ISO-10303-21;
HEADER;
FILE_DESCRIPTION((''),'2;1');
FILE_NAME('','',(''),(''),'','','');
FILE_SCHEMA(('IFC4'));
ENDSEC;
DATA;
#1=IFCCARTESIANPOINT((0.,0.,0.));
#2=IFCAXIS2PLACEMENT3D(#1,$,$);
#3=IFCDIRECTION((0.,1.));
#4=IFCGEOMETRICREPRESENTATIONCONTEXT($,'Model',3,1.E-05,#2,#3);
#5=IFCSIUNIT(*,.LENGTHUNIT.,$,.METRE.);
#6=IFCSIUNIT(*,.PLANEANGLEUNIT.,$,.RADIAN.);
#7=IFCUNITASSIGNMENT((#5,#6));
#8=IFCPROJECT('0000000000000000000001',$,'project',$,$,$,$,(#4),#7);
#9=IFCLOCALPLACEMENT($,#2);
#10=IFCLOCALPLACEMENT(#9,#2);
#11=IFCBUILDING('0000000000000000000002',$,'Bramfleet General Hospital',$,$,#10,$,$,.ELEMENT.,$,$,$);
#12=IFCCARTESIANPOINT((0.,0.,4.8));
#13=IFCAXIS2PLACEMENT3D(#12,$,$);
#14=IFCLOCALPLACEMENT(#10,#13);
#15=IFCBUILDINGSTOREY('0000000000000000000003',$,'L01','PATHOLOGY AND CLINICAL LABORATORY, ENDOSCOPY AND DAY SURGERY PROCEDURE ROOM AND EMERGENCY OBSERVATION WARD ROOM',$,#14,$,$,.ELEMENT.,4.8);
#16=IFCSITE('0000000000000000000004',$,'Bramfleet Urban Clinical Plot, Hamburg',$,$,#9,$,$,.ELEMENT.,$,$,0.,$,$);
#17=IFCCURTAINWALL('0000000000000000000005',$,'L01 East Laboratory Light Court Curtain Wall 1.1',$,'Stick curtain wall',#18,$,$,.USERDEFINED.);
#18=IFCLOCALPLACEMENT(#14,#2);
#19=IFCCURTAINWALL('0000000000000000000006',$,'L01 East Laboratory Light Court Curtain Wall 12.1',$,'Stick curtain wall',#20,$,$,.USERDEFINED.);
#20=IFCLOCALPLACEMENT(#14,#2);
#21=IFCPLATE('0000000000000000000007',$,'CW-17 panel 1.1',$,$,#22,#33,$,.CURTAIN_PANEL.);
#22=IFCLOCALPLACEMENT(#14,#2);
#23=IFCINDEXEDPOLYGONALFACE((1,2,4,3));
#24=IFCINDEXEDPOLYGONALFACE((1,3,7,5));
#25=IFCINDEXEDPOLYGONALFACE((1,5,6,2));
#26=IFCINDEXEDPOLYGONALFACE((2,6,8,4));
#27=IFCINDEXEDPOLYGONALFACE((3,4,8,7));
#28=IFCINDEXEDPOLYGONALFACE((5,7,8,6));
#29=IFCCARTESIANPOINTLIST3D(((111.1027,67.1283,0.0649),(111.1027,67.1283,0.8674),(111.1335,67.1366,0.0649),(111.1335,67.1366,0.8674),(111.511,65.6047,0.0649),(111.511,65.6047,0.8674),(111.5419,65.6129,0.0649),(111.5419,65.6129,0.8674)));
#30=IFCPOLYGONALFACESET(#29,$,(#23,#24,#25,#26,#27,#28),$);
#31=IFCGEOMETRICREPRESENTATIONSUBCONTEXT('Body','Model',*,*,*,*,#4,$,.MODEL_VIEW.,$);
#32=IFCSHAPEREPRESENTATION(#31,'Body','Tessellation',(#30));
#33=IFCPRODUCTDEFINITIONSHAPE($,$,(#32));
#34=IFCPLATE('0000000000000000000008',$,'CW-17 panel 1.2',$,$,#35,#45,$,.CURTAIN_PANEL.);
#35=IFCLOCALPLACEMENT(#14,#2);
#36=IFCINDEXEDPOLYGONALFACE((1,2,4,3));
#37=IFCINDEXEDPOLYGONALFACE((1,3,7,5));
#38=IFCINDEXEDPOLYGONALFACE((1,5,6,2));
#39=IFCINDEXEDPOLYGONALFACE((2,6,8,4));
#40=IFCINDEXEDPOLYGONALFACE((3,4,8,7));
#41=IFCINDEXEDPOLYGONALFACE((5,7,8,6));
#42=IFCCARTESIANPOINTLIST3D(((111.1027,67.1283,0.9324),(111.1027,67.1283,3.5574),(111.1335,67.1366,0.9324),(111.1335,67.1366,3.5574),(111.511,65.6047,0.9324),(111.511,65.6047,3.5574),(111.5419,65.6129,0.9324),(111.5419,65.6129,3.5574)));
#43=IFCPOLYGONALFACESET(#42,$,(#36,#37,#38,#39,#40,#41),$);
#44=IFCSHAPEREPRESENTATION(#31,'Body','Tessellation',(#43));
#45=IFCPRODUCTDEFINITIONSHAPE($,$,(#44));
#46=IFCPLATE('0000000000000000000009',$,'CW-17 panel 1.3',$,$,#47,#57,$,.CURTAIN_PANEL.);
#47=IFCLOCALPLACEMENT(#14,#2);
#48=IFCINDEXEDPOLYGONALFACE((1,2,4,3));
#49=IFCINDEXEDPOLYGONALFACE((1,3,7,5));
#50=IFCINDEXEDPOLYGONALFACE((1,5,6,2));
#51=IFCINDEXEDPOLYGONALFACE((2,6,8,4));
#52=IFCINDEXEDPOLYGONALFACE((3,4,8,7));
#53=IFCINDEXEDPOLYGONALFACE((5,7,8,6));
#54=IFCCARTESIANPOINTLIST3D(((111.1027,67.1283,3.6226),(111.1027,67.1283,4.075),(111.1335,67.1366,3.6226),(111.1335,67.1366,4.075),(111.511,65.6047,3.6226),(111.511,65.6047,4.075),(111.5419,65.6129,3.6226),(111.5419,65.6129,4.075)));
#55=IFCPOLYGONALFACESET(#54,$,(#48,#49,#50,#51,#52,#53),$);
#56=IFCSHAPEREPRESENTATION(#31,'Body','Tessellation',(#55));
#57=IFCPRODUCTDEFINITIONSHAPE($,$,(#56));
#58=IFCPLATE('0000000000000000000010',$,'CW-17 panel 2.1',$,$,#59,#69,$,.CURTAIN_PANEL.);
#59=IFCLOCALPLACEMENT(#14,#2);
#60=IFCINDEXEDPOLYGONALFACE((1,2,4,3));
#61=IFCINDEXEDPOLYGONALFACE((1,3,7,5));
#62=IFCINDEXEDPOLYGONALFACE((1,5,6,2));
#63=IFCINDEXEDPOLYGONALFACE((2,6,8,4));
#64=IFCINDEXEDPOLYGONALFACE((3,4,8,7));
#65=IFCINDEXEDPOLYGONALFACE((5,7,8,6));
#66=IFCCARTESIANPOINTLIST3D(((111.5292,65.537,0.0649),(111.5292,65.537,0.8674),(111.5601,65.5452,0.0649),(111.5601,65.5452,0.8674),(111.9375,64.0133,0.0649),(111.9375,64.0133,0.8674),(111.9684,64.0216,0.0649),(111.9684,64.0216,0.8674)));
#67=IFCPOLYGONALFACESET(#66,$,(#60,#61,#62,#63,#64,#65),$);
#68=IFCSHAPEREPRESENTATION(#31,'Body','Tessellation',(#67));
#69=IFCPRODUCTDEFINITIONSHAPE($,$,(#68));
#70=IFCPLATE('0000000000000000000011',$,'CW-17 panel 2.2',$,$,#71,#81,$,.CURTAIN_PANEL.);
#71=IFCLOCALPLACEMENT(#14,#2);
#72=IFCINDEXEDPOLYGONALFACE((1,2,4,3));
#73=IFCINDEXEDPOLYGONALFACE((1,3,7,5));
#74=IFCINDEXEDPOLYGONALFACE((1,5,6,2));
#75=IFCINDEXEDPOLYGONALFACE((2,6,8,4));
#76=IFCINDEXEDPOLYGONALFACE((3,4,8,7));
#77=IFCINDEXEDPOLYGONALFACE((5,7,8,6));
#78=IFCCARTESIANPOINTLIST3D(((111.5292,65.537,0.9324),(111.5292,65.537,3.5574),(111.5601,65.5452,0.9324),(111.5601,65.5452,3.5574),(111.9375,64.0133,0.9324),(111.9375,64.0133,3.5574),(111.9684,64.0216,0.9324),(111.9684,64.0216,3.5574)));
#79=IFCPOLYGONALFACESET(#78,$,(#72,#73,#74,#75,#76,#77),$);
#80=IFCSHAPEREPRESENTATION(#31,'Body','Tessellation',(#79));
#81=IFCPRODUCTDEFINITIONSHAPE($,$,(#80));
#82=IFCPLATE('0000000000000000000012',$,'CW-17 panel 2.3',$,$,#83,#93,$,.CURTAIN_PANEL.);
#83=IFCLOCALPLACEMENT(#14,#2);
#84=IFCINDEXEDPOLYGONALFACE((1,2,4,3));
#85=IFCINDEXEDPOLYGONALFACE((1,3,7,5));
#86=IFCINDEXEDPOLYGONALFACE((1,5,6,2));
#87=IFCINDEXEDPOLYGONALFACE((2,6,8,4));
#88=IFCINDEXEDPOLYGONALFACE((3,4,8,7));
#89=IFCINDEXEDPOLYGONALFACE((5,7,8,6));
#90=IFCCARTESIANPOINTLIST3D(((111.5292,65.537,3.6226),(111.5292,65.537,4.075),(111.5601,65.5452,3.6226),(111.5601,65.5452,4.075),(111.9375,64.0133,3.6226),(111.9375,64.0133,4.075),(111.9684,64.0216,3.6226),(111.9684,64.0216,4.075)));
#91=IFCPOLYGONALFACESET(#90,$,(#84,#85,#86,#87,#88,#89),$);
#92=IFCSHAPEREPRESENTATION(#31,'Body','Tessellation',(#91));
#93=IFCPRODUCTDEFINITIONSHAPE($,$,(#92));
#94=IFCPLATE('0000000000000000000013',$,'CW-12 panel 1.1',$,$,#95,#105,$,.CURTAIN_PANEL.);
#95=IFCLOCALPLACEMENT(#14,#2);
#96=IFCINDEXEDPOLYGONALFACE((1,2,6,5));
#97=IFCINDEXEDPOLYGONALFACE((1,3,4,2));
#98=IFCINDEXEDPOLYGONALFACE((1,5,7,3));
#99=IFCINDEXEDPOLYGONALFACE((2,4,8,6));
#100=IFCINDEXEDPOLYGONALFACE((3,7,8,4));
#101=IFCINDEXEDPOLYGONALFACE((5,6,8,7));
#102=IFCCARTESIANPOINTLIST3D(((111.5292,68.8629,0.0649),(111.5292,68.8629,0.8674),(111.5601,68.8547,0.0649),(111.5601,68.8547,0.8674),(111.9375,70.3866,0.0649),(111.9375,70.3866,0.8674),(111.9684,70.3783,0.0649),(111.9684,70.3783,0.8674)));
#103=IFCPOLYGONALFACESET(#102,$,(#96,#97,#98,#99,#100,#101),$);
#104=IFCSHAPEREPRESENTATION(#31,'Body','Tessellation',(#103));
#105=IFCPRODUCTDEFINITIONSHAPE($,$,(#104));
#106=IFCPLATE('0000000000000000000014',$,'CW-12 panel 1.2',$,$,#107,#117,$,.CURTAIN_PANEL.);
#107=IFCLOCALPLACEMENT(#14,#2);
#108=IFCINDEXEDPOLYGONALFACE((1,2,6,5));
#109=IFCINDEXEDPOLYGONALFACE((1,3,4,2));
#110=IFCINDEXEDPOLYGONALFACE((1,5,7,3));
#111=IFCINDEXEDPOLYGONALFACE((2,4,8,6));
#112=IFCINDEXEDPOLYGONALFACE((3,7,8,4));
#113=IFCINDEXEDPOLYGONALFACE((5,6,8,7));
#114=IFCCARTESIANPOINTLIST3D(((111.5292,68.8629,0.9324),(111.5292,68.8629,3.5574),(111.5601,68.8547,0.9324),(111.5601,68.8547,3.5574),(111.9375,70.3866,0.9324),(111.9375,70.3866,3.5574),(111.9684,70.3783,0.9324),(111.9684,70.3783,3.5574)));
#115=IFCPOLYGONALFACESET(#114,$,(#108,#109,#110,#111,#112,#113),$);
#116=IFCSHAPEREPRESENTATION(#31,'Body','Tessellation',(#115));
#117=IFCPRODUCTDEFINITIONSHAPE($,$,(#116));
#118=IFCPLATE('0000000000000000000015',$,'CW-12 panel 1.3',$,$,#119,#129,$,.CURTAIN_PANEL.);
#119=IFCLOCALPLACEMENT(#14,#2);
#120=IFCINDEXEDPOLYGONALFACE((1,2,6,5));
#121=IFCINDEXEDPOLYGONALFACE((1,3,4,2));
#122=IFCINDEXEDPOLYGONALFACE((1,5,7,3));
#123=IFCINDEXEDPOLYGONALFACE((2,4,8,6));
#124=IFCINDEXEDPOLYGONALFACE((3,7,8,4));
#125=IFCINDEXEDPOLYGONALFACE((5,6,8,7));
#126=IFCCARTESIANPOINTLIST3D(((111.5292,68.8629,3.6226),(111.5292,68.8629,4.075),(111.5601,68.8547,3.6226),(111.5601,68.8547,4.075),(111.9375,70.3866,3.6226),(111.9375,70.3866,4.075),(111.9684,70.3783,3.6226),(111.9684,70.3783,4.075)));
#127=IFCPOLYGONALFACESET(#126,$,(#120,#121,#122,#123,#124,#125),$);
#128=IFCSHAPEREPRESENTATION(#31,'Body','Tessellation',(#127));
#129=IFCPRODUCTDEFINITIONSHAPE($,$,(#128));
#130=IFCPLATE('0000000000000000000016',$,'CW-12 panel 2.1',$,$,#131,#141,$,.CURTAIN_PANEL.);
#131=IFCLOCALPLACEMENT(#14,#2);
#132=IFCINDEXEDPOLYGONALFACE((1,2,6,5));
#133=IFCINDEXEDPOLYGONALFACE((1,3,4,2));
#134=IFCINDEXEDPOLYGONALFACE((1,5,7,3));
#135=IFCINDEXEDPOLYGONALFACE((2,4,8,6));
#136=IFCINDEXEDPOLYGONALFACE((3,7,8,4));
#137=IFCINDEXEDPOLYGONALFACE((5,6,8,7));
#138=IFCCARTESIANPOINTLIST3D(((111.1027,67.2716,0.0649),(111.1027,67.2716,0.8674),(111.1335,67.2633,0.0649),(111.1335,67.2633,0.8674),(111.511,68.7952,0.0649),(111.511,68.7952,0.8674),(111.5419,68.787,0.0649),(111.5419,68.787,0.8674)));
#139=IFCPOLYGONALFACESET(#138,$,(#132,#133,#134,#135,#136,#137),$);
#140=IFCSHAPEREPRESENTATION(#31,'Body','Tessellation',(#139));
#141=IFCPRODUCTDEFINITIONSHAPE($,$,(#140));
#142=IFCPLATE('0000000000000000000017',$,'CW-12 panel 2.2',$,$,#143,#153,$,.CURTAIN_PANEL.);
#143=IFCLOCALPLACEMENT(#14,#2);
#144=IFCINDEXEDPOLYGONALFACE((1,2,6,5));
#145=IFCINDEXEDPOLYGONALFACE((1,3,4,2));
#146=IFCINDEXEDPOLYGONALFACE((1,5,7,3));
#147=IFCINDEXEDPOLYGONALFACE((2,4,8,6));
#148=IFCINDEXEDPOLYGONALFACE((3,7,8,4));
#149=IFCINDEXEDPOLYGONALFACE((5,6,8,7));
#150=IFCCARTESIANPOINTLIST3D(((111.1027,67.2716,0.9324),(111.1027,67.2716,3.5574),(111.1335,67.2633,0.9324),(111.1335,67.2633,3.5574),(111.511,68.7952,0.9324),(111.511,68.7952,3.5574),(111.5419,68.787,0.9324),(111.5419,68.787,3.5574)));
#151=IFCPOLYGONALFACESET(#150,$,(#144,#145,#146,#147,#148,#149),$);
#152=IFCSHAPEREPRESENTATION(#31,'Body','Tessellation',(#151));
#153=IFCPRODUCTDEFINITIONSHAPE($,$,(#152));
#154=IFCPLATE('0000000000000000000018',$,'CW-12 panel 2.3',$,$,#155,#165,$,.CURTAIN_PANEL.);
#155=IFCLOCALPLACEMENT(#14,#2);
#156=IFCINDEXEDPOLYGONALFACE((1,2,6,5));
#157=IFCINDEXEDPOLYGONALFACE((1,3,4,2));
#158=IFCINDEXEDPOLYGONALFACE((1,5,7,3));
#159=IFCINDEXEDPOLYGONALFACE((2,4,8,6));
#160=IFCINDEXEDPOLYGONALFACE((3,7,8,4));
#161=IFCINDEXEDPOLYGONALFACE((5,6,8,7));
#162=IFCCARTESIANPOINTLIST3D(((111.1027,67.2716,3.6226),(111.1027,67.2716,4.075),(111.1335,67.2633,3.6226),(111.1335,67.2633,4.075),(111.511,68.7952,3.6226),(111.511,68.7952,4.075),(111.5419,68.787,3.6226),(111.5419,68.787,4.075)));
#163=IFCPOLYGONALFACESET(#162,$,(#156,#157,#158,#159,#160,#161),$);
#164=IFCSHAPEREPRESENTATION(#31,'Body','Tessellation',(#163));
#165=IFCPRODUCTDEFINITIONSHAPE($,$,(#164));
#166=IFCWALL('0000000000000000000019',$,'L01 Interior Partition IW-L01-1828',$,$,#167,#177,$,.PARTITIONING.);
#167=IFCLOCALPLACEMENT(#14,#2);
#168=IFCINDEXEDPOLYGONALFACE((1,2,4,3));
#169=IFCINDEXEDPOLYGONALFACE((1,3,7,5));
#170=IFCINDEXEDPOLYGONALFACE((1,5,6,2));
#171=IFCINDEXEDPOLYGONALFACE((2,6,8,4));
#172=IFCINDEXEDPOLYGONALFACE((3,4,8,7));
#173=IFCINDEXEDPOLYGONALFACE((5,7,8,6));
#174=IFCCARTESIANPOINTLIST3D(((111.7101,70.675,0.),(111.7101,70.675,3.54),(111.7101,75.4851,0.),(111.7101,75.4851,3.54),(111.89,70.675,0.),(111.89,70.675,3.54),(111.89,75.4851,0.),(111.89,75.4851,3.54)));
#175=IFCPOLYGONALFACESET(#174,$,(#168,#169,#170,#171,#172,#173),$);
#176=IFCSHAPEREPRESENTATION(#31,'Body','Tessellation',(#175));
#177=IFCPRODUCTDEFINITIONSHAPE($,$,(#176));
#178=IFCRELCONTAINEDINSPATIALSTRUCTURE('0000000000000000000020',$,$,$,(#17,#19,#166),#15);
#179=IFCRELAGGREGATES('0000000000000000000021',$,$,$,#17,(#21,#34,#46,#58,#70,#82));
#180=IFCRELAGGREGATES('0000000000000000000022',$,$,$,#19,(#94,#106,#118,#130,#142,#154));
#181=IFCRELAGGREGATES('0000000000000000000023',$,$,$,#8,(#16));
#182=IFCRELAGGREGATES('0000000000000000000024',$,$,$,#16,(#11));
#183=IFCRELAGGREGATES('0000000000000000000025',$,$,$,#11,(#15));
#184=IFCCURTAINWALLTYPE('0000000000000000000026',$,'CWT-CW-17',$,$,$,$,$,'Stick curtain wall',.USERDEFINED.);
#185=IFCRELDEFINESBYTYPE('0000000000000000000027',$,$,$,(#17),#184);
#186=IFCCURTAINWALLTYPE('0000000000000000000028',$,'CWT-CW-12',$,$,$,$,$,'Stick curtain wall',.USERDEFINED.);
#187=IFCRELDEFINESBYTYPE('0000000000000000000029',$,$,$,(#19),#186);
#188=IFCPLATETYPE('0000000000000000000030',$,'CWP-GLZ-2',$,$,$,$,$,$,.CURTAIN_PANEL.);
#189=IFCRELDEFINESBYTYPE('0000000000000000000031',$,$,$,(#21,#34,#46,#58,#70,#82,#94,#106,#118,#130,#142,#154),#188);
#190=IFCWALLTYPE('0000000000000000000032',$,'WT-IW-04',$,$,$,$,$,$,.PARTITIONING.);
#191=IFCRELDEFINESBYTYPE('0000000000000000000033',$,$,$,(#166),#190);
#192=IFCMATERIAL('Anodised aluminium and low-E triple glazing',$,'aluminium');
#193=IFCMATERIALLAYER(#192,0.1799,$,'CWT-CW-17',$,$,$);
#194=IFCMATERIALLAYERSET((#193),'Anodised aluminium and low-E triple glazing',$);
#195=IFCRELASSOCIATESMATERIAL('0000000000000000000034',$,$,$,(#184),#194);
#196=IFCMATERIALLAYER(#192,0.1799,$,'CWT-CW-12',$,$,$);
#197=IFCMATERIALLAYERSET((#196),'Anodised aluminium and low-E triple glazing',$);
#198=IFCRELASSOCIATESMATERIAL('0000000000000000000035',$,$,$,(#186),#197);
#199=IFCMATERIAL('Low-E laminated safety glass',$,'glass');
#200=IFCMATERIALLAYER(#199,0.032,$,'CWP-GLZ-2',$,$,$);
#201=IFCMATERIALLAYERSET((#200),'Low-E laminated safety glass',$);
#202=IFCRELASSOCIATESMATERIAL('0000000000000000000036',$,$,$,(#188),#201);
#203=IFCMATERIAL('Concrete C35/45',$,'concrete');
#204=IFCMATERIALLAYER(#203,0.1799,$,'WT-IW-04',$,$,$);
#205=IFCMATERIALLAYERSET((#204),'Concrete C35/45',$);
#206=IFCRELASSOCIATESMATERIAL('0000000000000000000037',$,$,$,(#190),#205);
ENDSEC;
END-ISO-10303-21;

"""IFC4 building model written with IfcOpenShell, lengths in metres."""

from ifc_helpers import new_model, si_unit, direction, frame, frame_2d, origin, origin_2d, place, context, subcontext, project, spatial, rectangle, extrude, material, layer, layer_set, type_object, element, aggregate, save


model = new_model("IFC4")

# Units and contexts
model_context = context("Model", 3, precision=1e-05, world=origin(), true_north=direction((0.0, 1.0)))
body_context = subcontext(model_context, "Body", "Model", "MODEL_VIEW")
ifc_project = project(units=[si_unit("LENGTHUNIT", "METRE"), si_unit("PLANEANGLEUNIT", "RADIAN")], contexts=[model_context])

# Site, building, storey
site_placement = place(None, origin())
site = spatial("IfcSite", under=ifc_project, at=site_placement, Name="Bramfleet Urban Clinical Plot, Hamburg", CompositionType="ELEMENT", RefElevation=0.0)
building_placement = place(site_placement, origin())
building = spatial("IfcBuilding", under=site, at=building_placement, Name="Bramfleet General Hospital", CompositionType="ELEMENT")
storey_placement = place(building_placement, frame((0.0, 0.0, 4.8)))
storey = spatial("IfcBuildingStorey", under=building, at=storey_placement, Name="L01", Description="PATHOLOGY AND CLINICAL LABORATORY, ENDOSCOPY AND DAY SURGERY PROCEDURE ROOM AND EMERGENCY OBSERVATION WARD ROOM", CompositionType="ELEMENT", Elevation=4.8)

# Curtain walls
ifc_material_1 = material(Name="Anodised aluminium and low-E triple glazing", Category="aluminium")
ifc_layer_1 = layer(ifc_material_1, 0.1799, Name="CWT-CW-17")
ifc_layer_set_1 = layer_set([ifc_layer_1], Name="Anodised aluminium and low-E triple glazing")
curtain_wall_type_1 = type_object("IfcCurtainWallType", Name="CWT-CW-17", ElementType="Stick curtain wall", PredefinedType="USERDEFINED", material=ifc_layer_set_1)
curtain_wall_1_placement = place(storey_placement, origin())
curtain_wall_1 = element("IfcCurtainWall", 1, at=curtain_wall_1_placement, inside=storey, type_object=curtain_wall_type_1, Name="L01 East Laboratory Light Court Curtain Wall 1.1", ObjectType="Stick curtain wall", PredefinedType="USERDEFINED")
ifc_layer_2 = layer(ifc_material_1, 0.1799, Name="CWT-CW-12")
ifc_layer_set_2 = layer_set([ifc_layer_2], Name="Anodised aluminium and low-E triple glazing")
curtain_wall_type_2 = type_object("IfcCurtainWallType", Name="CWT-CW-12", ElementType="Stick curtain wall", PredefinedType="USERDEFINED", material=ifc_layer_set_2)
curtain_wall_2_placement = place(storey_placement, origin())
curtain_wall_2 = element("IfcCurtainWall", 2, at=curtain_wall_2_placement, inside=storey, type_object=curtain_wall_type_2, Name="L01 East Laboratory Light Court Curtain Wall 12.1", ObjectType="Stick curtain wall", PredefinedType="USERDEFINED")

# Plates
ifc_material_2 = material(Name="Low-E laminated safety glass", Category="glass")
ifc_layer_3 = layer(ifc_material_2, 0.032, Name="CWP-GLZ-2")
ifc_layer_set_3 = layer_set([ifc_layer_3], Name="Low-E laminated safety glass")
plate_type = type_object("IfcPlateType", Name="CWP-GLZ-2", PredefinedType="CURTAIN_PANEL", material=ifc_layer_set_3)
plate_1_placement = place(storey_placement, frame((111.3223, 66.3706, 0.0649), z_axis=(0.0, 0.0, 1.0), x_axis=(0.258865, -0.965914, 0.0)))
plate_1 = element("IfcPlate", 3, at=plate_1_placement, type_object=plate_type, Name="CW-17 panel 1.1", PredefinedType="CURTAIN_PANEL", context=body_context, shape_type="SweptSolid", body=[
    extrude(rectangle(XDim=1.5774, YDim=0.032, at=origin_2d()), origin(), (0.0, 0.0, 1.0), 0.8025),
])
plate_2_placement = place(storey_placement, frame((111.3223, 66.3706, 0.9324), z_axis=(0.0, 0.0, 1.0), x_axis=(0.258865, -0.965914, 0.0)))
plate_2 = element("IfcPlate", 4, at=plate_2_placement, type_object=plate_type, Name="CW-17 panel 1.2", PredefinedType="CURTAIN_PANEL", context=body_context, shape_type="SweptSolid", body=[
    extrude(rectangle(XDim=1.5774, YDim=0.032, at=origin_2d()), origin(), (0.0, 0.0, 1.0), 2.625),
])
plate_3_placement = place(storey_placement, frame((111.3223, 66.3706, 3.6226), z_axis=(0.0, 0.0, 1.0), x_axis=(0.258865, -0.965914, 0.0)))
plate_3 = element("IfcPlate", 5, at=plate_3_placement, type_object=plate_type, Name="CW-17 panel 1.3", PredefinedType="CURTAIN_PANEL", context=body_context, shape_type="SweptSolid", body=[
    extrude(rectangle(XDim=1.5774, YDim=0.032, at=origin_2d()), origin(), (0.0, 0.0, 1.0), 0.4524),
])
plate_4_placement = place(storey_placement, frame((111.7488, 64.7793, 0.0649), z_axis=(0.0, 0.0, 1.0), x_axis=(0.258865, -0.965914, 0.0)))
plate_4 = element("IfcPlate", 6, at=plate_4_placement, type_object=plate_type, Name="CW-17 panel 2.1", PredefinedType="CURTAIN_PANEL", context=body_context, shape_type="SweptSolid", body=[
    extrude(rectangle(XDim=1.5774, YDim=0.032, at=origin_2d()), origin(), (0.0, 0.0, 1.0), 0.8025),
])
plate_5_placement = place(storey_placement, frame((111.7488, 64.7793, 0.9324), z_axis=(0.0, 0.0, 1.0), x_axis=(0.258865, -0.965914, 0.0)))
plate_5 = element("IfcPlate", 7, at=plate_5_placement, type_object=plate_type, Name="CW-17 panel 2.2", PredefinedType="CURTAIN_PANEL", context=body_context, shape_type="SweptSolid", body=[
    extrude(rectangle(XDim=1.5774, YDim=0.032, at=origin_2d()), origin(), (0.0, 0.0, 1.0), 2.625),
])
plate_6_placement = place(storey_placement, frame((111.7488, 64.7793, 3.6226), z_axis=(0.0, 0.0, 1.0), x_axis=(0.258865, -0.965914, 0.0)))
plate_6 = element("IfcPlate", 8, at=plate_6_placement, type_object=plate_type, Name="CW-17 panel 2.3", PredefinedType="CURTAIN_PANEL", context=body_context, shape_type="SweptSolid", body=[
    extrude(rectangle(XDim=1.5774, YDim=0.032, at=origin_2d()), origin(), (0.0, 0.0, 1.0), 0.4524),
])
aggregate(curtain_wall_1, [plate_1, plate_2, plate_3, plate_4, plate_5, plate_6])
plate_7_placement = place(storey_placement, frame((111.7488, 69.6206, 0.0649), z_axis=(0.0, 0.0, 1.0), x_axis=(-0.258865, -0.965914, 0.0)))
plate_7 = element("IfcPlate", 9, at=plate_7_placement, type_object=plate_type, Name="CW-12 panel 1.1", PredefinedType="CURTAIN_PANEL", context=body_context, shape_type="SweptSolid", body=[
    extrude(rectangle(XDim=1.5774, YDim=0.032, at=origin_2d()), origin(), (0.0, 0.0, 1.0), 0.8025),
])
plate_8_placement = place(storey_placement, frame((111.7488, 69.6206, 0.9324), z_axis=(0.0, 0.0, 1.0), x_axis=(-0.258865, -0.965914, 0.0)))
plate_8 = element("IfcPlate", 10, at=plate_8_placement, type_object=plate_type, Name="CW-12 panel 1.2", PredefinedType="CURTAIN_PANEL", context=body_context, shape_type="SweptSolid", body=[
    extrude(rectangle(XDim=1.5774, YDim=0.032, at=origin_2d()), origin(), (0.0, 0.0, 1.0), 2.625),
])
plate_9_placement = place(storey_placement, frame((111.7488, 69.6206, 3.6226), z_axis=(0.0, 0.0, 1.0), x_axis=(-0.258865, -0.965914, 0.0)))
plate_9 = element("IfcPlate", 11, at=plate_9_placement, type_object=plate_type, Name="CW-12 panel 1.3", PredefinedType="CURTAIN_PANEL", context=body_context, shape_type="SweptSolid", body=[
    extrude(rectangle(XDim=1.5774, YDim=0.032, at=origin_2d()), origin(), (0.0, 0.0, 1.0), 0.4524),
])
plate_10_placement = place(storey_placement, frame((111.3223, 68.0293, 0.0649), z_axis=(0.0, 0.0, 1.0), x_axis=(-0.258865, -0.965914, 0.0)))
plate_10 = element("IfcPlate", 12, at=plate_10_placement, type_object=plate_type, Name="CW-12 panel 2.1", PredefinedType="CURTAIN_PANEL", context=body_context, shape_type="SweptSolid", body=[
    extrude(rectangle(XDim=1.5774, YDim=0.032, at=origin_2d()), origin(), (0.0, 0.0, 1.0), 0.8025),
])
plate_11_placement = place(storey_placement, frame((111.3223, 68.0293, 0.9324), z_axis=(0.0, 0.0, 1.0), x_axis=(-0.258865, -0.965914, 0.0)))
plate_11 = element("IfcPlate", 13, at=plate_11_placement, type_object=plate_type, Name="CW-12 panel 2.2", PredefinedType="CURTAIN_PANEL", context=body_context, shape_type="SweptSolid", body=[
    extrude(rectangle(XDim=1.5774, YDim=0.032, at=origin_2d()), origin(), (0.0, 0.0, 1.0), 2.625),
])
plate_12_placement = place(storey_placement, frame((111.3223, 68.0293, 3.6226), z_axis=(0.0, 0.0, 1.0), x_axis=(-0.258865, -0.965914, 0.0)))
plate_12 = element("IfcPlate", 14, at=plate_12_placement, type_object=plate_type, Name="CW-12 panel 2.3", PredefinedType="CURTAIN_PANEL", context=body_context, shape_type="SweptSolid", body=[
    extrude(rectangle(XDim=1.5774, YDim=0.032, at=origin_2d()), origin(), (0.0, 0.0, 1.0), 0.4524),
])
aggregate(curtain_wall_2, [plate_7, plate_8, plate_9, plate_10, plate_11, plate_12])

# Wall
ifc_material_3 = material(Name="Concrete C35/45", Category="concrete")
ifc_layer_4 = layer(ifc_material_3, 0.1799, Name="WT-IW-04")
ifc_layer_set_4 = layer_set([ifc_layer_4], Name="Concrete C35/45")
wall_type = type_object("IfcWallType", Name="WT-IW-04", PredefinedType="PARTITIONING", material=ifc_layer_set_4)
wall_placement = place(storey_placement, frame((111.8, 70.675, 0.0), z_axis=(0.0, 0.0, 1.0), x_axis=(0.0, 1.0, 0.0)))
element("IfcWall", 15, at=wall_placement, inside=storey, type_object=wall_type, Name="L01 Interior Partition IW-L01-1828", PredefinedType="PARTITIONING", context=body_context, shape_type="SweptSolid", body=[
    extrude(rectangle(XDim=4.8101, YDim=0.1799, at=frame_2d((2.405, 0.0))), origin(), (0.0, 0.0, 1.0), 3.54),
])

save(model, "model.ifc")
